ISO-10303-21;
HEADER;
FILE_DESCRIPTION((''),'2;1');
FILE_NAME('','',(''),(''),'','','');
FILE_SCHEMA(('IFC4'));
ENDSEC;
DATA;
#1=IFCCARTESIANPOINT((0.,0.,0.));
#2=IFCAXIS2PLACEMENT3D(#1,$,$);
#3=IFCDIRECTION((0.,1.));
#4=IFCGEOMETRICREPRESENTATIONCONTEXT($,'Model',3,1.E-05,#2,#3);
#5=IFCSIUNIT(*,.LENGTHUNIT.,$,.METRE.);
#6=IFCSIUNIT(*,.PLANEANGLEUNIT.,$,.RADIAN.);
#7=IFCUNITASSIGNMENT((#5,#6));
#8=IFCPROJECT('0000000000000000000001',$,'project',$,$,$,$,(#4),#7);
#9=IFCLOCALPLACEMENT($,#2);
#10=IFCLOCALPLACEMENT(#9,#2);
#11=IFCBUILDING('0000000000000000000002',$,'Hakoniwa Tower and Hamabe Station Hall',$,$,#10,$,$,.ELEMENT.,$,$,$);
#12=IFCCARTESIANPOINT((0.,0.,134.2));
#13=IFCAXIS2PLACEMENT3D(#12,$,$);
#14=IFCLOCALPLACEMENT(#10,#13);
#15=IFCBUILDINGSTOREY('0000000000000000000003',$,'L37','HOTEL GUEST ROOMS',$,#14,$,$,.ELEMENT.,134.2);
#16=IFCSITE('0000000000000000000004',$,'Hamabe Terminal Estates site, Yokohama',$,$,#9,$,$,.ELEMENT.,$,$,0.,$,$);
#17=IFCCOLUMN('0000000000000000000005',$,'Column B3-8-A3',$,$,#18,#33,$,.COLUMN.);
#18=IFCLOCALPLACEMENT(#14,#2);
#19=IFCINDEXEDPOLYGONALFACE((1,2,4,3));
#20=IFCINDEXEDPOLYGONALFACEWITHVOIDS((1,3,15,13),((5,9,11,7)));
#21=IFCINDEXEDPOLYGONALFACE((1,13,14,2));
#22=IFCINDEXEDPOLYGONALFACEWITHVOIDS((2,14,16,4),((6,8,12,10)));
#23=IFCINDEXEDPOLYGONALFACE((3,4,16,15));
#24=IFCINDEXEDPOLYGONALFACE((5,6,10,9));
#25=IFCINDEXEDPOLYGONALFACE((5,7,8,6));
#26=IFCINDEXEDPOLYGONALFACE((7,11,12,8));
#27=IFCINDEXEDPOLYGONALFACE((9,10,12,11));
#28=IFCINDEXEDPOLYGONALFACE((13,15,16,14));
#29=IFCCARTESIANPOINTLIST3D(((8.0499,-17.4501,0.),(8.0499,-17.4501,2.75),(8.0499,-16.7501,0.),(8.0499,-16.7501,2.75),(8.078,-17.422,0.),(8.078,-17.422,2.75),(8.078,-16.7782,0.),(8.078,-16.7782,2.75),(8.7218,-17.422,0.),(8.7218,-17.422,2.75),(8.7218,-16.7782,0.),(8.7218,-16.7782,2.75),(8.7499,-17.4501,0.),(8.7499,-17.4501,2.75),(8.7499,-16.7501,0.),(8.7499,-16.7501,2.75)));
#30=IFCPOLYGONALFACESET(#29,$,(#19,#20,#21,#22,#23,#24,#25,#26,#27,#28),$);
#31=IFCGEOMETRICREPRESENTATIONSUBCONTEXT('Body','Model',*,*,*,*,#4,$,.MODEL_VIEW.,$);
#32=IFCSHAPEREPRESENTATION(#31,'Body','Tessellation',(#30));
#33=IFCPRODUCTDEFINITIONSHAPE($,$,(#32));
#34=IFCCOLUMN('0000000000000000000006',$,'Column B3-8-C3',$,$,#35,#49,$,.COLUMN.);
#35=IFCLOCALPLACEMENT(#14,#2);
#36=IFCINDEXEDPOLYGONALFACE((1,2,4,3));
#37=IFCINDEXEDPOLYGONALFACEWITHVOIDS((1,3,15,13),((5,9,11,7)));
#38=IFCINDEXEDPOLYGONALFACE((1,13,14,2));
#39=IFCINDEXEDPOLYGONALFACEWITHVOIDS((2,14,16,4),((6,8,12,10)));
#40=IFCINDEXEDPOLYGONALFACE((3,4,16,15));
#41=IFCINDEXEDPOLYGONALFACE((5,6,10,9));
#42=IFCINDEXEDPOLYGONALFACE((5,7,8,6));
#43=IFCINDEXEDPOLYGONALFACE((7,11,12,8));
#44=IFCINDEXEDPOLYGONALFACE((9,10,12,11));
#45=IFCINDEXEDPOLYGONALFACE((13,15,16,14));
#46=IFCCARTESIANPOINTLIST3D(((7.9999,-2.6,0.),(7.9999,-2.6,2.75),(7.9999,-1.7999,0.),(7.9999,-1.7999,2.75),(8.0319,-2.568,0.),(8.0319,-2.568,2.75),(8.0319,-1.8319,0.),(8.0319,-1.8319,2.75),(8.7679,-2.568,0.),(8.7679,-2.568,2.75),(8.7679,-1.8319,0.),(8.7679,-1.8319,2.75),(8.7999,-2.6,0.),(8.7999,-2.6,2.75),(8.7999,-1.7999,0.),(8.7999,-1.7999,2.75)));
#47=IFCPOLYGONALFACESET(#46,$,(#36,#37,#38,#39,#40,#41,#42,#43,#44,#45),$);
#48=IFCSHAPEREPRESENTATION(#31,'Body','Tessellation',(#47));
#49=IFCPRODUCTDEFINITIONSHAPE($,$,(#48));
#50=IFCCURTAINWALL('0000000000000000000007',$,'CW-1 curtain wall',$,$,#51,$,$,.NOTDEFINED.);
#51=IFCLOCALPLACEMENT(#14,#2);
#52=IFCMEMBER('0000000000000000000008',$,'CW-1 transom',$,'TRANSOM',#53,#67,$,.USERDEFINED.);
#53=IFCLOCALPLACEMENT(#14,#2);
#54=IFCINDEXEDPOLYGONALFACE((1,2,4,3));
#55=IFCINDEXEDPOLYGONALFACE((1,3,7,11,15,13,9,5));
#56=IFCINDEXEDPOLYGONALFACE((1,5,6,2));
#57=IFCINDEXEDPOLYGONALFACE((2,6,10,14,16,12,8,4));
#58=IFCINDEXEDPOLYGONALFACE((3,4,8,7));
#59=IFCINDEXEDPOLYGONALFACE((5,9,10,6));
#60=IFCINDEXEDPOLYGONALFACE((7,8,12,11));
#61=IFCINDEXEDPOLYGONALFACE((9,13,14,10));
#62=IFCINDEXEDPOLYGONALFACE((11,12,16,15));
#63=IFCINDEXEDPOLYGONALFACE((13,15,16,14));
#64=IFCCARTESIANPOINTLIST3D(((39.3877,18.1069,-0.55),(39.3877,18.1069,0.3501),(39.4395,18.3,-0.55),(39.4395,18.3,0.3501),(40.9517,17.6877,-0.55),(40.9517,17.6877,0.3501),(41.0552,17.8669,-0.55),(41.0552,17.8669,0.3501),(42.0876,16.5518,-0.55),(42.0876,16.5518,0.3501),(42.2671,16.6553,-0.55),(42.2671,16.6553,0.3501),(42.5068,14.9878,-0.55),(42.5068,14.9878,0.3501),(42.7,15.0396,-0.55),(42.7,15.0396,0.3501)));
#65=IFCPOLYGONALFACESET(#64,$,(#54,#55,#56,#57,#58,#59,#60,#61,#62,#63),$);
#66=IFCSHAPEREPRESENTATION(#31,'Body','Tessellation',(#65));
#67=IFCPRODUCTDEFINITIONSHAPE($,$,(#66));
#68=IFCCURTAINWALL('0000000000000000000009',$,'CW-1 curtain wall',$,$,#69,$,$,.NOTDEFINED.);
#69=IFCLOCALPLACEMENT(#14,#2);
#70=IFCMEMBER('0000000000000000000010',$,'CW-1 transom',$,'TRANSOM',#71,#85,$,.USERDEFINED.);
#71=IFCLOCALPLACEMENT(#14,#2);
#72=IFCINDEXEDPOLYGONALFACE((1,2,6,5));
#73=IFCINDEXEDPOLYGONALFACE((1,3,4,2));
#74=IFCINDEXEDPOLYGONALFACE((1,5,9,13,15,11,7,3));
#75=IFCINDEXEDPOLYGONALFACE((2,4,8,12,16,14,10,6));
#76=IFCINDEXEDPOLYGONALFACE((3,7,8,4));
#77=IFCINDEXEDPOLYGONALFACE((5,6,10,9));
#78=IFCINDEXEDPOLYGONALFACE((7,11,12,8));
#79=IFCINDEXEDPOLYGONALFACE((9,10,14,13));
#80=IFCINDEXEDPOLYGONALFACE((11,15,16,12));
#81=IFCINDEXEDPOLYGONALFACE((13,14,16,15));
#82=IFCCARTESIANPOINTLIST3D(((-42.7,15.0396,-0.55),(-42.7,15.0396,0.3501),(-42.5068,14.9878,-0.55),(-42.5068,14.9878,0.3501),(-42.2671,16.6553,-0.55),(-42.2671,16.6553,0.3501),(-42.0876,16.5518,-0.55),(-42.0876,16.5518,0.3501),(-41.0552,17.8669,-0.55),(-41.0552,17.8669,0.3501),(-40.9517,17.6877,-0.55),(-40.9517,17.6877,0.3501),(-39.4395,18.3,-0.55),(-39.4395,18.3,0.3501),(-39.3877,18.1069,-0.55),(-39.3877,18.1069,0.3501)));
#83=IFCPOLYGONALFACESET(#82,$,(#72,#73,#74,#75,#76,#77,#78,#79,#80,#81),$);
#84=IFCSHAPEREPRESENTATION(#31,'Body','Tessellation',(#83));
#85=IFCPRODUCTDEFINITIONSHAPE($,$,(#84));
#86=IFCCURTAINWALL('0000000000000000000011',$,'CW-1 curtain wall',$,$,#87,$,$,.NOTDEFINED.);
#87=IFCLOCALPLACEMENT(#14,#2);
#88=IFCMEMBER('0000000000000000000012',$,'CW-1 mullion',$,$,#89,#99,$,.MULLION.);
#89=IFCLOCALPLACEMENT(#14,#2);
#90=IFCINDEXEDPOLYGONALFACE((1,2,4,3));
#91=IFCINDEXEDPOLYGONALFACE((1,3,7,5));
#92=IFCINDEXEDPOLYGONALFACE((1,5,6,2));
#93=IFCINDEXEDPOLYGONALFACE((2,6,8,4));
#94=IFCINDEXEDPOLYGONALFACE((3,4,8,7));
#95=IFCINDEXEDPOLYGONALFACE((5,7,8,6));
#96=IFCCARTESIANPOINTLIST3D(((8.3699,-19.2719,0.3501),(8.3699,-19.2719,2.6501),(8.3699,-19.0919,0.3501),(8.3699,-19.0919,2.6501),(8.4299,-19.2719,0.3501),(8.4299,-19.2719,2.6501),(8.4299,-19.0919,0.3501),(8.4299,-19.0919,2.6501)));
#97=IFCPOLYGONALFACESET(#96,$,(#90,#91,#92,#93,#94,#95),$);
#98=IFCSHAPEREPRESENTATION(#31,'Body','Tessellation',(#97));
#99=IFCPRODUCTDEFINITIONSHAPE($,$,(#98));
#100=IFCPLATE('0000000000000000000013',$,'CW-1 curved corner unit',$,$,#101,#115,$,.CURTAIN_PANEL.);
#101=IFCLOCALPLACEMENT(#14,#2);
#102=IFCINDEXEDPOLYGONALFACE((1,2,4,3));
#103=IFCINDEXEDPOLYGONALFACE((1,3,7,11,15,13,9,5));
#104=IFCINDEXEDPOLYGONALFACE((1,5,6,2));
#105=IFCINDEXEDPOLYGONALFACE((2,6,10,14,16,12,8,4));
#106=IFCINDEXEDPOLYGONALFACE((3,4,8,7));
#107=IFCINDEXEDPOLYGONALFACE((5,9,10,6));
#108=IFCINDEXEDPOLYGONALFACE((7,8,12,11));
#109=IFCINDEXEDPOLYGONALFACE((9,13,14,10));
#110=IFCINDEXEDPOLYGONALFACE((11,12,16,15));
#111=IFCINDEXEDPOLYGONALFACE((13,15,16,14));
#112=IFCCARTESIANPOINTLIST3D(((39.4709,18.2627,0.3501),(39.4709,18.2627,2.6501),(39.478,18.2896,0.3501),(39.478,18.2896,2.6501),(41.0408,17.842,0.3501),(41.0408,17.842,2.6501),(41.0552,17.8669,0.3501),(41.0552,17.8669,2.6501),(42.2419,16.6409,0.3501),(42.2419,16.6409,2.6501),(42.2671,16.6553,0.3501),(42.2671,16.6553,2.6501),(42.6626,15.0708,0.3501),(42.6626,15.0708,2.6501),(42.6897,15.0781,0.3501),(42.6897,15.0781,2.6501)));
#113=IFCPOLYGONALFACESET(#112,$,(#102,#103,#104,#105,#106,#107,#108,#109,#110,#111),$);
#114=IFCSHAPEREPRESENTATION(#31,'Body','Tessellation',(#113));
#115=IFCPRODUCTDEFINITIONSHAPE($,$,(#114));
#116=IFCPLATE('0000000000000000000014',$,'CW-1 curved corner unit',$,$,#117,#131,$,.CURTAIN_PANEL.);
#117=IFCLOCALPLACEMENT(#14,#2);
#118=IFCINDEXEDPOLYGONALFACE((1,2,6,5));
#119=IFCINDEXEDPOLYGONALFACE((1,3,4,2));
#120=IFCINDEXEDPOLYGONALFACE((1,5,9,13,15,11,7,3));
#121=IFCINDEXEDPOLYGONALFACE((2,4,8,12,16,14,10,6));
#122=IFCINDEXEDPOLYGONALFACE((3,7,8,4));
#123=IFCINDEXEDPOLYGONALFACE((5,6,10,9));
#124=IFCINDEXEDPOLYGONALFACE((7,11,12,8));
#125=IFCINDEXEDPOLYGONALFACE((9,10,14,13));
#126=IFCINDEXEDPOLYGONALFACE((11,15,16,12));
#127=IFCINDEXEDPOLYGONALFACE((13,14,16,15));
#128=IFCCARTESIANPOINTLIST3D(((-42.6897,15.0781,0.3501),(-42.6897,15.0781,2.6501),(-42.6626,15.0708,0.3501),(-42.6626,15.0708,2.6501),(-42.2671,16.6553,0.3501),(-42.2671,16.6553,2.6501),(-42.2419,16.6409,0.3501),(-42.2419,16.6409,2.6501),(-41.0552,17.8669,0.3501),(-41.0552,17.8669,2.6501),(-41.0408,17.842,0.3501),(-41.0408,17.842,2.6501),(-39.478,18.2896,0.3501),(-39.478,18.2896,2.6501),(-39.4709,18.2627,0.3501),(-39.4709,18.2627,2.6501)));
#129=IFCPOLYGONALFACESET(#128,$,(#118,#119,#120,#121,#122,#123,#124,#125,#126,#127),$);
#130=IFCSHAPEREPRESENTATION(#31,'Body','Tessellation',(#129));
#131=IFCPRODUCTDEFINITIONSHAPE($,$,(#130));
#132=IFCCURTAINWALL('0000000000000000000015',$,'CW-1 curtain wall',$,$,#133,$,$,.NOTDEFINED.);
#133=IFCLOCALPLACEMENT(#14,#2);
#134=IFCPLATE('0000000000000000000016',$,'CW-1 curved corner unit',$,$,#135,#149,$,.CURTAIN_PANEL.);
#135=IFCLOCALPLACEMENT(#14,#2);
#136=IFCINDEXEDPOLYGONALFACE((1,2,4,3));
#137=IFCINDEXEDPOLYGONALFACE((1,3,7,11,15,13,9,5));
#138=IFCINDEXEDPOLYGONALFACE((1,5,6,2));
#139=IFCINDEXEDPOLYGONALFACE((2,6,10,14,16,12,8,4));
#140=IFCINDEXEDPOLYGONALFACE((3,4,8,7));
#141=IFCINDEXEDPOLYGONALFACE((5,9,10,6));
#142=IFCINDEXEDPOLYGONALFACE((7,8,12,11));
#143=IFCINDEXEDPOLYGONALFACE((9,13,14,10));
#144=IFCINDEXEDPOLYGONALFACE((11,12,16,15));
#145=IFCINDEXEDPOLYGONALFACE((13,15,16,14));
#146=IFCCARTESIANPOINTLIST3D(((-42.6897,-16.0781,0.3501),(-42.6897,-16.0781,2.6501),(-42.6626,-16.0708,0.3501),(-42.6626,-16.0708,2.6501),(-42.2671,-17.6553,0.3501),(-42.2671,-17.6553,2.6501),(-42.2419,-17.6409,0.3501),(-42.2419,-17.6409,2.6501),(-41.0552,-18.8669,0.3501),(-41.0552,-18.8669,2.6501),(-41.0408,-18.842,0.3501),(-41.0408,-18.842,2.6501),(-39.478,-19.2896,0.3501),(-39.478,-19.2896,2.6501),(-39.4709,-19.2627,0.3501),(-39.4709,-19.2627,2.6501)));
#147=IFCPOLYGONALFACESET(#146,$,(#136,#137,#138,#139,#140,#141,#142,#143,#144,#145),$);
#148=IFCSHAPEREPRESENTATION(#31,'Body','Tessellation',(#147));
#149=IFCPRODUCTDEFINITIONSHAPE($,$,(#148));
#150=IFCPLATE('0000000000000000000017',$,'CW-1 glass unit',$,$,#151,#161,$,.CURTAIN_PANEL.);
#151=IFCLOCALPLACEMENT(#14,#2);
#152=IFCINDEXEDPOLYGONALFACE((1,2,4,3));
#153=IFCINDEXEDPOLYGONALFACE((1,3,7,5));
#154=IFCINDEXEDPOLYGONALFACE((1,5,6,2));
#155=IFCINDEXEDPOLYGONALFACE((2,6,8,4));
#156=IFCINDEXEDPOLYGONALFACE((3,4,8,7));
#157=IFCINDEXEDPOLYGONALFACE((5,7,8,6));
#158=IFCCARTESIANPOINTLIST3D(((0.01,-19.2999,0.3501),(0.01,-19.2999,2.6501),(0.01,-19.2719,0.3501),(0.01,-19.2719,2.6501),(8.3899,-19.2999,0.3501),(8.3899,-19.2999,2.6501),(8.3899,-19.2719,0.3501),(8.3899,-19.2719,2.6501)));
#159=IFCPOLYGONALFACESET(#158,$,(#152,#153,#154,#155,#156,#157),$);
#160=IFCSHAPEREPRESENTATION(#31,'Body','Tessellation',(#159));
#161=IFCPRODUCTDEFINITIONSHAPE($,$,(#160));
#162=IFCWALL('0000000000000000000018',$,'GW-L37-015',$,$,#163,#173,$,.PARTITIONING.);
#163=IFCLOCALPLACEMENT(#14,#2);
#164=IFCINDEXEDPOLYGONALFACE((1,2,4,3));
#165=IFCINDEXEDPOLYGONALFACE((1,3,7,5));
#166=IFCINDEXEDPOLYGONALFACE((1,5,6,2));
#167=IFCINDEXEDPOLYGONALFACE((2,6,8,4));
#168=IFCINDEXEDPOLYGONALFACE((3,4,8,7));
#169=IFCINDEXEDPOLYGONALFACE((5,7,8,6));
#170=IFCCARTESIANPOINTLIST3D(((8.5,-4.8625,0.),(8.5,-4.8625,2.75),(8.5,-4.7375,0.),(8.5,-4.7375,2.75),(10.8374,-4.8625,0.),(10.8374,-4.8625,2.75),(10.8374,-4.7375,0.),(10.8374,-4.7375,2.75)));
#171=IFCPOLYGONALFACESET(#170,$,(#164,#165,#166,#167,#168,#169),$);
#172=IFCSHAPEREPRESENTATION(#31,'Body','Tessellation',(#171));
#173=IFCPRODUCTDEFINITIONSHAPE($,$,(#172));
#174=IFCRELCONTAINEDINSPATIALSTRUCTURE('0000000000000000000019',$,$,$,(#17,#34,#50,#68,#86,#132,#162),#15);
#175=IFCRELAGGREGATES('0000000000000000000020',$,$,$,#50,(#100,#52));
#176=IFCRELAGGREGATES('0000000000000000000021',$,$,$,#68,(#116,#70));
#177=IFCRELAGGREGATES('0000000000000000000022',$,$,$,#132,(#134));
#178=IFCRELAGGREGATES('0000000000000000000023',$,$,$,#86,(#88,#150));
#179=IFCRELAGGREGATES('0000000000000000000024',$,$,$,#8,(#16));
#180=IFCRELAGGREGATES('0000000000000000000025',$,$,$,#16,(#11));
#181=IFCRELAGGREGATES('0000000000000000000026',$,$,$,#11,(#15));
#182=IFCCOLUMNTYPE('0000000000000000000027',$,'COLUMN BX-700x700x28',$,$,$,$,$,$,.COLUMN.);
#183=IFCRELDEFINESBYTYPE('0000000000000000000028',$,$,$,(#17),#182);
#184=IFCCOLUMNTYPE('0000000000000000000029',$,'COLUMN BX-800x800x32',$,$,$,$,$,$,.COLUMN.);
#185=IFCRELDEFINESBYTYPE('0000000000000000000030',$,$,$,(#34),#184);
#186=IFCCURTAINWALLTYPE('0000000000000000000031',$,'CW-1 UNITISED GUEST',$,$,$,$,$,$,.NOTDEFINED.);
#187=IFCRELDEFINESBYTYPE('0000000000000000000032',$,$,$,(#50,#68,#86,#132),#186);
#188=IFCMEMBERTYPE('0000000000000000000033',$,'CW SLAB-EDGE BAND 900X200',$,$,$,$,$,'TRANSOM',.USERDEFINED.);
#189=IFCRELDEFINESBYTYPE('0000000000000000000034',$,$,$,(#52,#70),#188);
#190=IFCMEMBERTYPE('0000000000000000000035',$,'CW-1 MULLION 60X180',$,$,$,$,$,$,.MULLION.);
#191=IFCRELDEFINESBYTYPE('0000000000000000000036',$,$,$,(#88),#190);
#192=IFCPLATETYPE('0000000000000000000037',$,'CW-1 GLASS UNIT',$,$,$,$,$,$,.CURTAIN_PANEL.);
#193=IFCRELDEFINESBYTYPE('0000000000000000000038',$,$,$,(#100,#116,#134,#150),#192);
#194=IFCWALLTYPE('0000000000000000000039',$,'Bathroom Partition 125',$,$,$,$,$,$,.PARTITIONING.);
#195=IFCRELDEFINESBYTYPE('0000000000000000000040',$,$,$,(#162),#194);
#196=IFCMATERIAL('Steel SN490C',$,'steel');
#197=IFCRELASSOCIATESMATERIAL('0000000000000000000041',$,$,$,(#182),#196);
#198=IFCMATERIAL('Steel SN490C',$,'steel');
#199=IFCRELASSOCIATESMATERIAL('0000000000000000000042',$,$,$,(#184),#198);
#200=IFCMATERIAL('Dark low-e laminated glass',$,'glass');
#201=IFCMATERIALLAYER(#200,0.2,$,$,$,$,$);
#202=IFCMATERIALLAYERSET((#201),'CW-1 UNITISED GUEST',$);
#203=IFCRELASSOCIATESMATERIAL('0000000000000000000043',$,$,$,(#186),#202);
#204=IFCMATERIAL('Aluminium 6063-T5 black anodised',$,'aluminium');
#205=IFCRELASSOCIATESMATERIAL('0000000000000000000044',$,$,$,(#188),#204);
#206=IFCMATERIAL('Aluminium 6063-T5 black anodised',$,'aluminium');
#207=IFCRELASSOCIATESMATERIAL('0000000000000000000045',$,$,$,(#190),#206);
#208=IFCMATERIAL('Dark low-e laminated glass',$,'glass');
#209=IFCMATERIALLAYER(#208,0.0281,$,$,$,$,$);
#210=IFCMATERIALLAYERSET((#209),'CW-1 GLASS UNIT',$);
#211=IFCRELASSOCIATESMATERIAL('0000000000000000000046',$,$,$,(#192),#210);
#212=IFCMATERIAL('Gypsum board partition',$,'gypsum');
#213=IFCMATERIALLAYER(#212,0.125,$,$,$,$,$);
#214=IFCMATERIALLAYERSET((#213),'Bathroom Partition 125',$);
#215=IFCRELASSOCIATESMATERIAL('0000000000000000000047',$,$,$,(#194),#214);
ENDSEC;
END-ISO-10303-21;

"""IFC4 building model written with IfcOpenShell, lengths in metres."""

from ifc_helpers import new_model, si_unit, direction, frame, frame_2d, origin, origin_2d, place, context, subcontext, project, spatial, polyline, rectangle, hollow_rectangle, outline, extrude, material, layer, layer_set, material_profile, profile_set, type_object, element, aggregate, save


model = new_model("IFC4")

# Units and contexts
model_context = context("Model", 3, precision=1e-05, world=origin(), true_north=direction((0.0, 1.0)))
body_context = subcontext(model_context, "Body", "Model", "MODEL_VIEW")
ifc_project = project(units=[si_unit("LENGTHUNIT", "METRE"), si_unit("PLANEANGLEUNIT", "RADIAN")], contexts=[model_context])

# Site, building, storey
site_placement = place(None, origin())
site = spatial("IfcSite", under=ifc_project, at=site_placement, Name="Hamabe Terminal Estates site, Yokohama", CompositionType="ELEMENT", RefElevation=0.0)
building_placement = place(site_placement, origin())
building = spatial("IfcBuilding", under=site, at=building_placement, Name="Hakoniwa Tower and Hamabe Station Hall", CompositionType="ELEMENT")
storey_placement = place(building_placement, frame((0.0, 0.0, 134.2)))
storey = spatial("IfcBuildingStorey", under=building, at=storey_placement, Name="L37", Description="HOTEL GUEST ROOMS", CompositionType="ELEMENT", Elevation=134.2)

# Columns
ifc_material_1 = material(Name="Steel SN490C", Category="steel")
ifc_material_profile_1 = material_profile(ifc_material_1, hollow_rectangle(XDim=0.7, YDim=0.7, WallThickness=0.0281, at=origin_2d()), Name="BX-700x700x28")
ifc_profile_set_1 = profile_set([ifc_material_profile_1], Name="Steel SN490C")
column_type_1 = type_object("IfcColumnType", Name="COLUMN BX-700x700x28", PredefinedType="COLUMN", material=ifc_profile_set_1)
column_1_placement = place(storey_placement, frame((8.3999, -17.1001, 0.0), z_axis=(0.0, 0.0, 1.0), x_axis=(1.0, 0.0, 0.0)))
element("IfcColumn", 1, at=column_1_placement, inside=storey, type_object=column_type_1, Name="Column B3-8-A3", PredefinedType="COLUMN", context=body_context, shape_type="SweptSolid", body=[
    extrude(hollow_rectangle(XDim=0.7, YDim=0.7, WallThickness=0.0281, at=origin_2d()), origin(), (0.0, 0.0, 1.0), 2.75),
])
ifc_material_2 = material(Name="Steel SN490C", Category="steel")
ifc_material_profile_2 = material_profile(ifc_material_2, hollow_rectangle(XDim=0.8, YDim=0.8, WallThickness=0.032, at=origin_2d()), Name="BX-800x800x32")
ifc_profile_set_2 = profile_set([ifc_material_profile_2], Name="Steel SN490C")
column_type_2 = type_object("IfcColumnType", Name="COLUMN BX-800x800x32", PredefinedType="COLUMN", material=ifc_profile_set_2)
column_2_placement = place(storey_placement, frame((8.3999, -2.2, 0.0), z_axis=(0.0, 0.0, 1.0), x_axis=(1.0, 0.0, 0.0)))
element("IfcColumn", 2, at=column_2_placement, inside=storey, type_object=column_type_2, Name="Column B3-8-C3", PredefinedType="COLUMN", context=body_context, shape_type="SweptSolid", body=[
    extrude(hollow_rectangle(XDim=0.8, YDim=0.8, WallThickness=0.032, at=origin_2d()), origin(), (0.0, 0.0, 1.0), 2.75),
])

# Curtain walls, members
ifc_material_3 = material(Name="Dark low-e laminated glass", Category="glass")
ifc_layer_1 = layer(ifc_material_3, 0.2)
ifc_layer_set_1 = layer_set([ifc_layer_1], Name="CW-1 UNITISED GUEST")
curtain_wall_type = type_object("IfcCurtainWallType", Name="CW-1 UNITISED GUEST", PredefinedType="NOTDEFINED", material=ifc_layer_set_1)
curtain_wall_1_placement = place(storey_placement, origin())
curtain_wall_1 = element("IfcCurtainWall", 3, at=curtain_wall_1_placement, inside=storey, type_object=curtain_wall_type, Name="CW-1 curtain wall", PredefinedType="NOTDEFINED")
ifc_material_4 = material(Name="Aluminium 6063-T5 black anodised", Category="aluminium")
ifc_material_profile_3 = material_profile(ifc_material_4, rectangle(XDim=0.2, YDim=0.8999, at=origin_2d()), Name="CW SLAB-EDGE BAND 900X200")
ifc_profile_set_3 = profile_set([ifc_material_profile_3], Name="Aluminium 6063-T5 black anodised")
member_type_1 = type_object("IfcMemberType", Name="CW SLAB-EDGE BAND 900X200", ElementType="TRANSOM", PredefinedType="USERDEFINED", material=ifc_profile_set_3)
member_1_placement = place(storey_placement, frame((0.0, 0.0, -0.55)))
member_1 = element("IfcMember", 4, at=member_1_placement, type_object=member_type_1, Name="CW-1 transom", ObjectType="TRANSOM", PredefinedType="USERDEFINED", context=body_context, shape_type="SweptSolid", body=[
    extrude(outline(polyline([(42.7, 15.0396), (42.2671, 16.6553), (41.0552, 17.8669), (39.4395, 18.3), (39.3877, 18.1069), (40.9517, 17.6877), (42.0876, 16.5518), (42.5068, 14.9878), (42.7, 15.0396)])), origin(), (0.0, 0.0, 1.0), 0.9001),
])
curtain_wall_2_placement = place(storey_placement, origin())
curtain_wall_2 = element("IfcCurtainWall", 5, at=curtain_wall_2_placement, inside=storey, type_object=curtain_wall_type, Name="CW-1 curtain wall", PredefinedType="NOTDEFINED")
member_2_placement = place(storey_placement, frame((0.0, 0.0, -0.55)))
member_2 = element("IfcMember", 6, at=member_2_placement, type_object=member_type_1, Name="CW-1 transom", ObjectType="TRANSOM", PredefinedType="USERDEFINED", context=body_context, shape_type="SweptSolid", body=[
    extrude(outline(polyline([(-39.4395, 18.3), (-41.0552, 17.8669), (-42.2671, 16.6553), (-42.7, 15.0396), (-42.5068, 14.9878), (-42.0876, 16.5518), (-40.9517, 17.6877), (-39.3877, 18.1069), (-39.4395, 18.3)])), origin(), (0.0, 0.0, 1.0), 0.9001),
])
curtain_wall_3_placement = place(storey_placement, origin())
curtain_wall_3 = element("IfcCurtainWall", 7, at=curtain_wall_3_placement, inside=storey, type_object=curtain_wall_type, Name="CW-1 curtain wall", PredefinedType="NOTDEFINED")
ifc_material_5 = material(Name="Aluminium 6063-T5 black anodised", Category="aluminium")
ifc_material_profile_4 = material_profile(ifc_material_5, rectangle(XDim=0.0601, YDim=0.1799, at=origin_2d()), Name="CW-1 MULLION 60X180")
ifc_profile_set_4 = profile_set([ifc_material_profile_4], Name="Aluminium 6063-T5 black anodised")
member_type_2 = type_object("IfcMemberType", Name="CW-1 MULLION 60X180", PredefinedType="MULLION", material=ifc_profile_set_4)
member_3_placement = place(storey_placement, frame((8.3999, -19.1819, 0.3501), z_axis=(0.0, 0.0, 1.0), x_axis=(1.0, 0.0, 0.0)))
member_3 = element("IfcMember", 8, at=member_3_placement, type_object=member_type_2, Name="CW-1 mullion", PredefinedType="MULLION", context=body_context, shape_type="SweptSolid", body=[
    extrude(rectangle(XDim=0.0601, YDim=0.1799, at=origin_2d()), origin(), (0.0, 0.0, 1.0), 2.3),
])

# Plates
ifc_material_6 = material(Name="Dark low-e laminated glass", Category="glass")
ifc_layer_2 = layer(ifc_material_6, 0.0281)
ifc_layer_set_2 = layer_set([ifc_layer_2], Name="CW-1 GLASS UNIT")
plate_type = type_object("IfcPlateType", Name="CW-1 GLASS UNIT", PredefinedType="CURTAIN_PANEL", material=ifc_layer_set_2)
plate_1_placement = place(storey_placement, frame((0.0, 0.0, 0.3501)))
plate_1 = element("IfcPlate", 9, at=plate_1_placement, type_object=plate_type, Name="CW-1 curved corner unit", PredefinedType="CURTAIN_PANEL", context=body_context, shape_type="SweptSolid", body=[
    extrude(outline(polyline([(42.6897, 15.0781), (42.2671, 16.6553), (41.0552, 17.8669), (39.478, 18.2896), (39.4709, 18.2627), (41.0408, 17.842), (42.2419, 16.6409), (42.6626, 15.0708), (42.6897, 15.0781)])), origin(), (0.0, 0.0, 1.0), 2.3),
])
aggregate(curtain_wall_1, [plate_1, member_1])
plate_2_placement = place(storey_placement, frame((0.0, 0.0, 0.3501)))
plate_2 = element("IfcPlate", 10, at=plate_2_placement, type_object=plate_type, Name="CW-1 curved corner unit", PredefinedType="CURTAIN_PANEL", context=body_context, shape_type="SweptSolid", body=[
    extrude(outline(polyline([(-39.478, 18.2896), (-41.0552, 17.8669), (-42.2671, 16.6553), (-42.6897, 15.0781), (-42.6626, 15.0708), (-42.2419, 16.6409), (-41.0408, 17.842), (-39.4709, 18.2627), (-39.478, 18.2896)])), origin(), (0.0, 0.0, 1.0), 2.3),
])
aggregate(curtain_wall_2, [plate_2, member_2])

# Curtain wall, plate
curtain_wall_4_placement = place(storey_placement, origin())
curtain_wall_4 = element("IfcCurtainWall", 11, at=curtain_wall_4_placement, inside=storey, type_object=curtain_wall_type, Name="CW-1 curtain wall", PredefinedType="NOTDEFINED")
plate_3_placement = place(storey_placement, frame((0.0, 0.0, 0.3501)))
plate_3 = element("IfcPlate", 12, at=plate_3_placement, type_object=plate_type, Name="CW-1 curved corner unit", PredefinedType="CURTAIN_PANEL", context=body_context, shape_type="SweptSolid", body=[
    extrude(outline(polyline([(-42.6897, -16.0781), (-42.2671, -17.6553), (-41.0552, -18.8669), (-39.478, -19.2896), (-39.4709, -19.2627), (-41.0408, -18.842), (-42.2419, -17.6409), (-42.6626, -16.0708), (-42.6897, -16.0781)])), origin(), (0.0, 0.0, 1.0), 2.3),
])
aggregate(curtain_wall_4, [plate_3])

# Plate
plate_4_placement = place(storey_placement, frame((4.2, -19.2859, 0.3501), z_axis=(0.0, 0.0, 1.0), x_axis=(1.0, 0.0, 0.0)))
plate_4 = element("IfcPlate", 13, at=plate_4_placement, type_object=plate_type, Name="CW-1 glass unit", PredefinedType="CURTAIN_PANEL", context=body_context, shape_type="SweptSolid", body=[
    extrude(rectangle(XDim=8.3799, YDim=0.0281, at=origin_2d()), origin(), (0.0, 0.0, 1.0), 2.3),
])
aggregate(curtain_wall_3, [member_3, plate_4])

# Wall
ifc_material_7 = material(Name="Gypsum board partition", Category="gypsum")
ifc_layer_3 = layer(ifc_material_7, 0.125)
ifc_layer_set_3 = layer_set([ifc_layer_3], Name="Bathroom Partition 125")
wall_type_1 = type_object("IfcWallType", Name="Bathroom Partition 125", PredefinedType="PARTITIONING", material=ifc_layer_set_3)
wall_1_placement = place(storey_placement, frame((8.5, -4.8, 0.0), z_axis=(0.0, 0.0, 1.0), x_axis=(1.0, 0.0, 0.0)))
element("IfcWall", 14, at=wall_1_placement, inside=storey, type_object=wall_type_1, Name="GW-L37-015", PredefinedType="PARTITIONING", context=body_context, shape_type="SweptSolid", body=[
    extrude(rectangle(XDim=2.3374, YDim=0.125, at=frame_2d((1.1687, 0.0))), origin(), (0.0, 0.0, 1.0), 2.75),
])

save(model, "model.ifc")
